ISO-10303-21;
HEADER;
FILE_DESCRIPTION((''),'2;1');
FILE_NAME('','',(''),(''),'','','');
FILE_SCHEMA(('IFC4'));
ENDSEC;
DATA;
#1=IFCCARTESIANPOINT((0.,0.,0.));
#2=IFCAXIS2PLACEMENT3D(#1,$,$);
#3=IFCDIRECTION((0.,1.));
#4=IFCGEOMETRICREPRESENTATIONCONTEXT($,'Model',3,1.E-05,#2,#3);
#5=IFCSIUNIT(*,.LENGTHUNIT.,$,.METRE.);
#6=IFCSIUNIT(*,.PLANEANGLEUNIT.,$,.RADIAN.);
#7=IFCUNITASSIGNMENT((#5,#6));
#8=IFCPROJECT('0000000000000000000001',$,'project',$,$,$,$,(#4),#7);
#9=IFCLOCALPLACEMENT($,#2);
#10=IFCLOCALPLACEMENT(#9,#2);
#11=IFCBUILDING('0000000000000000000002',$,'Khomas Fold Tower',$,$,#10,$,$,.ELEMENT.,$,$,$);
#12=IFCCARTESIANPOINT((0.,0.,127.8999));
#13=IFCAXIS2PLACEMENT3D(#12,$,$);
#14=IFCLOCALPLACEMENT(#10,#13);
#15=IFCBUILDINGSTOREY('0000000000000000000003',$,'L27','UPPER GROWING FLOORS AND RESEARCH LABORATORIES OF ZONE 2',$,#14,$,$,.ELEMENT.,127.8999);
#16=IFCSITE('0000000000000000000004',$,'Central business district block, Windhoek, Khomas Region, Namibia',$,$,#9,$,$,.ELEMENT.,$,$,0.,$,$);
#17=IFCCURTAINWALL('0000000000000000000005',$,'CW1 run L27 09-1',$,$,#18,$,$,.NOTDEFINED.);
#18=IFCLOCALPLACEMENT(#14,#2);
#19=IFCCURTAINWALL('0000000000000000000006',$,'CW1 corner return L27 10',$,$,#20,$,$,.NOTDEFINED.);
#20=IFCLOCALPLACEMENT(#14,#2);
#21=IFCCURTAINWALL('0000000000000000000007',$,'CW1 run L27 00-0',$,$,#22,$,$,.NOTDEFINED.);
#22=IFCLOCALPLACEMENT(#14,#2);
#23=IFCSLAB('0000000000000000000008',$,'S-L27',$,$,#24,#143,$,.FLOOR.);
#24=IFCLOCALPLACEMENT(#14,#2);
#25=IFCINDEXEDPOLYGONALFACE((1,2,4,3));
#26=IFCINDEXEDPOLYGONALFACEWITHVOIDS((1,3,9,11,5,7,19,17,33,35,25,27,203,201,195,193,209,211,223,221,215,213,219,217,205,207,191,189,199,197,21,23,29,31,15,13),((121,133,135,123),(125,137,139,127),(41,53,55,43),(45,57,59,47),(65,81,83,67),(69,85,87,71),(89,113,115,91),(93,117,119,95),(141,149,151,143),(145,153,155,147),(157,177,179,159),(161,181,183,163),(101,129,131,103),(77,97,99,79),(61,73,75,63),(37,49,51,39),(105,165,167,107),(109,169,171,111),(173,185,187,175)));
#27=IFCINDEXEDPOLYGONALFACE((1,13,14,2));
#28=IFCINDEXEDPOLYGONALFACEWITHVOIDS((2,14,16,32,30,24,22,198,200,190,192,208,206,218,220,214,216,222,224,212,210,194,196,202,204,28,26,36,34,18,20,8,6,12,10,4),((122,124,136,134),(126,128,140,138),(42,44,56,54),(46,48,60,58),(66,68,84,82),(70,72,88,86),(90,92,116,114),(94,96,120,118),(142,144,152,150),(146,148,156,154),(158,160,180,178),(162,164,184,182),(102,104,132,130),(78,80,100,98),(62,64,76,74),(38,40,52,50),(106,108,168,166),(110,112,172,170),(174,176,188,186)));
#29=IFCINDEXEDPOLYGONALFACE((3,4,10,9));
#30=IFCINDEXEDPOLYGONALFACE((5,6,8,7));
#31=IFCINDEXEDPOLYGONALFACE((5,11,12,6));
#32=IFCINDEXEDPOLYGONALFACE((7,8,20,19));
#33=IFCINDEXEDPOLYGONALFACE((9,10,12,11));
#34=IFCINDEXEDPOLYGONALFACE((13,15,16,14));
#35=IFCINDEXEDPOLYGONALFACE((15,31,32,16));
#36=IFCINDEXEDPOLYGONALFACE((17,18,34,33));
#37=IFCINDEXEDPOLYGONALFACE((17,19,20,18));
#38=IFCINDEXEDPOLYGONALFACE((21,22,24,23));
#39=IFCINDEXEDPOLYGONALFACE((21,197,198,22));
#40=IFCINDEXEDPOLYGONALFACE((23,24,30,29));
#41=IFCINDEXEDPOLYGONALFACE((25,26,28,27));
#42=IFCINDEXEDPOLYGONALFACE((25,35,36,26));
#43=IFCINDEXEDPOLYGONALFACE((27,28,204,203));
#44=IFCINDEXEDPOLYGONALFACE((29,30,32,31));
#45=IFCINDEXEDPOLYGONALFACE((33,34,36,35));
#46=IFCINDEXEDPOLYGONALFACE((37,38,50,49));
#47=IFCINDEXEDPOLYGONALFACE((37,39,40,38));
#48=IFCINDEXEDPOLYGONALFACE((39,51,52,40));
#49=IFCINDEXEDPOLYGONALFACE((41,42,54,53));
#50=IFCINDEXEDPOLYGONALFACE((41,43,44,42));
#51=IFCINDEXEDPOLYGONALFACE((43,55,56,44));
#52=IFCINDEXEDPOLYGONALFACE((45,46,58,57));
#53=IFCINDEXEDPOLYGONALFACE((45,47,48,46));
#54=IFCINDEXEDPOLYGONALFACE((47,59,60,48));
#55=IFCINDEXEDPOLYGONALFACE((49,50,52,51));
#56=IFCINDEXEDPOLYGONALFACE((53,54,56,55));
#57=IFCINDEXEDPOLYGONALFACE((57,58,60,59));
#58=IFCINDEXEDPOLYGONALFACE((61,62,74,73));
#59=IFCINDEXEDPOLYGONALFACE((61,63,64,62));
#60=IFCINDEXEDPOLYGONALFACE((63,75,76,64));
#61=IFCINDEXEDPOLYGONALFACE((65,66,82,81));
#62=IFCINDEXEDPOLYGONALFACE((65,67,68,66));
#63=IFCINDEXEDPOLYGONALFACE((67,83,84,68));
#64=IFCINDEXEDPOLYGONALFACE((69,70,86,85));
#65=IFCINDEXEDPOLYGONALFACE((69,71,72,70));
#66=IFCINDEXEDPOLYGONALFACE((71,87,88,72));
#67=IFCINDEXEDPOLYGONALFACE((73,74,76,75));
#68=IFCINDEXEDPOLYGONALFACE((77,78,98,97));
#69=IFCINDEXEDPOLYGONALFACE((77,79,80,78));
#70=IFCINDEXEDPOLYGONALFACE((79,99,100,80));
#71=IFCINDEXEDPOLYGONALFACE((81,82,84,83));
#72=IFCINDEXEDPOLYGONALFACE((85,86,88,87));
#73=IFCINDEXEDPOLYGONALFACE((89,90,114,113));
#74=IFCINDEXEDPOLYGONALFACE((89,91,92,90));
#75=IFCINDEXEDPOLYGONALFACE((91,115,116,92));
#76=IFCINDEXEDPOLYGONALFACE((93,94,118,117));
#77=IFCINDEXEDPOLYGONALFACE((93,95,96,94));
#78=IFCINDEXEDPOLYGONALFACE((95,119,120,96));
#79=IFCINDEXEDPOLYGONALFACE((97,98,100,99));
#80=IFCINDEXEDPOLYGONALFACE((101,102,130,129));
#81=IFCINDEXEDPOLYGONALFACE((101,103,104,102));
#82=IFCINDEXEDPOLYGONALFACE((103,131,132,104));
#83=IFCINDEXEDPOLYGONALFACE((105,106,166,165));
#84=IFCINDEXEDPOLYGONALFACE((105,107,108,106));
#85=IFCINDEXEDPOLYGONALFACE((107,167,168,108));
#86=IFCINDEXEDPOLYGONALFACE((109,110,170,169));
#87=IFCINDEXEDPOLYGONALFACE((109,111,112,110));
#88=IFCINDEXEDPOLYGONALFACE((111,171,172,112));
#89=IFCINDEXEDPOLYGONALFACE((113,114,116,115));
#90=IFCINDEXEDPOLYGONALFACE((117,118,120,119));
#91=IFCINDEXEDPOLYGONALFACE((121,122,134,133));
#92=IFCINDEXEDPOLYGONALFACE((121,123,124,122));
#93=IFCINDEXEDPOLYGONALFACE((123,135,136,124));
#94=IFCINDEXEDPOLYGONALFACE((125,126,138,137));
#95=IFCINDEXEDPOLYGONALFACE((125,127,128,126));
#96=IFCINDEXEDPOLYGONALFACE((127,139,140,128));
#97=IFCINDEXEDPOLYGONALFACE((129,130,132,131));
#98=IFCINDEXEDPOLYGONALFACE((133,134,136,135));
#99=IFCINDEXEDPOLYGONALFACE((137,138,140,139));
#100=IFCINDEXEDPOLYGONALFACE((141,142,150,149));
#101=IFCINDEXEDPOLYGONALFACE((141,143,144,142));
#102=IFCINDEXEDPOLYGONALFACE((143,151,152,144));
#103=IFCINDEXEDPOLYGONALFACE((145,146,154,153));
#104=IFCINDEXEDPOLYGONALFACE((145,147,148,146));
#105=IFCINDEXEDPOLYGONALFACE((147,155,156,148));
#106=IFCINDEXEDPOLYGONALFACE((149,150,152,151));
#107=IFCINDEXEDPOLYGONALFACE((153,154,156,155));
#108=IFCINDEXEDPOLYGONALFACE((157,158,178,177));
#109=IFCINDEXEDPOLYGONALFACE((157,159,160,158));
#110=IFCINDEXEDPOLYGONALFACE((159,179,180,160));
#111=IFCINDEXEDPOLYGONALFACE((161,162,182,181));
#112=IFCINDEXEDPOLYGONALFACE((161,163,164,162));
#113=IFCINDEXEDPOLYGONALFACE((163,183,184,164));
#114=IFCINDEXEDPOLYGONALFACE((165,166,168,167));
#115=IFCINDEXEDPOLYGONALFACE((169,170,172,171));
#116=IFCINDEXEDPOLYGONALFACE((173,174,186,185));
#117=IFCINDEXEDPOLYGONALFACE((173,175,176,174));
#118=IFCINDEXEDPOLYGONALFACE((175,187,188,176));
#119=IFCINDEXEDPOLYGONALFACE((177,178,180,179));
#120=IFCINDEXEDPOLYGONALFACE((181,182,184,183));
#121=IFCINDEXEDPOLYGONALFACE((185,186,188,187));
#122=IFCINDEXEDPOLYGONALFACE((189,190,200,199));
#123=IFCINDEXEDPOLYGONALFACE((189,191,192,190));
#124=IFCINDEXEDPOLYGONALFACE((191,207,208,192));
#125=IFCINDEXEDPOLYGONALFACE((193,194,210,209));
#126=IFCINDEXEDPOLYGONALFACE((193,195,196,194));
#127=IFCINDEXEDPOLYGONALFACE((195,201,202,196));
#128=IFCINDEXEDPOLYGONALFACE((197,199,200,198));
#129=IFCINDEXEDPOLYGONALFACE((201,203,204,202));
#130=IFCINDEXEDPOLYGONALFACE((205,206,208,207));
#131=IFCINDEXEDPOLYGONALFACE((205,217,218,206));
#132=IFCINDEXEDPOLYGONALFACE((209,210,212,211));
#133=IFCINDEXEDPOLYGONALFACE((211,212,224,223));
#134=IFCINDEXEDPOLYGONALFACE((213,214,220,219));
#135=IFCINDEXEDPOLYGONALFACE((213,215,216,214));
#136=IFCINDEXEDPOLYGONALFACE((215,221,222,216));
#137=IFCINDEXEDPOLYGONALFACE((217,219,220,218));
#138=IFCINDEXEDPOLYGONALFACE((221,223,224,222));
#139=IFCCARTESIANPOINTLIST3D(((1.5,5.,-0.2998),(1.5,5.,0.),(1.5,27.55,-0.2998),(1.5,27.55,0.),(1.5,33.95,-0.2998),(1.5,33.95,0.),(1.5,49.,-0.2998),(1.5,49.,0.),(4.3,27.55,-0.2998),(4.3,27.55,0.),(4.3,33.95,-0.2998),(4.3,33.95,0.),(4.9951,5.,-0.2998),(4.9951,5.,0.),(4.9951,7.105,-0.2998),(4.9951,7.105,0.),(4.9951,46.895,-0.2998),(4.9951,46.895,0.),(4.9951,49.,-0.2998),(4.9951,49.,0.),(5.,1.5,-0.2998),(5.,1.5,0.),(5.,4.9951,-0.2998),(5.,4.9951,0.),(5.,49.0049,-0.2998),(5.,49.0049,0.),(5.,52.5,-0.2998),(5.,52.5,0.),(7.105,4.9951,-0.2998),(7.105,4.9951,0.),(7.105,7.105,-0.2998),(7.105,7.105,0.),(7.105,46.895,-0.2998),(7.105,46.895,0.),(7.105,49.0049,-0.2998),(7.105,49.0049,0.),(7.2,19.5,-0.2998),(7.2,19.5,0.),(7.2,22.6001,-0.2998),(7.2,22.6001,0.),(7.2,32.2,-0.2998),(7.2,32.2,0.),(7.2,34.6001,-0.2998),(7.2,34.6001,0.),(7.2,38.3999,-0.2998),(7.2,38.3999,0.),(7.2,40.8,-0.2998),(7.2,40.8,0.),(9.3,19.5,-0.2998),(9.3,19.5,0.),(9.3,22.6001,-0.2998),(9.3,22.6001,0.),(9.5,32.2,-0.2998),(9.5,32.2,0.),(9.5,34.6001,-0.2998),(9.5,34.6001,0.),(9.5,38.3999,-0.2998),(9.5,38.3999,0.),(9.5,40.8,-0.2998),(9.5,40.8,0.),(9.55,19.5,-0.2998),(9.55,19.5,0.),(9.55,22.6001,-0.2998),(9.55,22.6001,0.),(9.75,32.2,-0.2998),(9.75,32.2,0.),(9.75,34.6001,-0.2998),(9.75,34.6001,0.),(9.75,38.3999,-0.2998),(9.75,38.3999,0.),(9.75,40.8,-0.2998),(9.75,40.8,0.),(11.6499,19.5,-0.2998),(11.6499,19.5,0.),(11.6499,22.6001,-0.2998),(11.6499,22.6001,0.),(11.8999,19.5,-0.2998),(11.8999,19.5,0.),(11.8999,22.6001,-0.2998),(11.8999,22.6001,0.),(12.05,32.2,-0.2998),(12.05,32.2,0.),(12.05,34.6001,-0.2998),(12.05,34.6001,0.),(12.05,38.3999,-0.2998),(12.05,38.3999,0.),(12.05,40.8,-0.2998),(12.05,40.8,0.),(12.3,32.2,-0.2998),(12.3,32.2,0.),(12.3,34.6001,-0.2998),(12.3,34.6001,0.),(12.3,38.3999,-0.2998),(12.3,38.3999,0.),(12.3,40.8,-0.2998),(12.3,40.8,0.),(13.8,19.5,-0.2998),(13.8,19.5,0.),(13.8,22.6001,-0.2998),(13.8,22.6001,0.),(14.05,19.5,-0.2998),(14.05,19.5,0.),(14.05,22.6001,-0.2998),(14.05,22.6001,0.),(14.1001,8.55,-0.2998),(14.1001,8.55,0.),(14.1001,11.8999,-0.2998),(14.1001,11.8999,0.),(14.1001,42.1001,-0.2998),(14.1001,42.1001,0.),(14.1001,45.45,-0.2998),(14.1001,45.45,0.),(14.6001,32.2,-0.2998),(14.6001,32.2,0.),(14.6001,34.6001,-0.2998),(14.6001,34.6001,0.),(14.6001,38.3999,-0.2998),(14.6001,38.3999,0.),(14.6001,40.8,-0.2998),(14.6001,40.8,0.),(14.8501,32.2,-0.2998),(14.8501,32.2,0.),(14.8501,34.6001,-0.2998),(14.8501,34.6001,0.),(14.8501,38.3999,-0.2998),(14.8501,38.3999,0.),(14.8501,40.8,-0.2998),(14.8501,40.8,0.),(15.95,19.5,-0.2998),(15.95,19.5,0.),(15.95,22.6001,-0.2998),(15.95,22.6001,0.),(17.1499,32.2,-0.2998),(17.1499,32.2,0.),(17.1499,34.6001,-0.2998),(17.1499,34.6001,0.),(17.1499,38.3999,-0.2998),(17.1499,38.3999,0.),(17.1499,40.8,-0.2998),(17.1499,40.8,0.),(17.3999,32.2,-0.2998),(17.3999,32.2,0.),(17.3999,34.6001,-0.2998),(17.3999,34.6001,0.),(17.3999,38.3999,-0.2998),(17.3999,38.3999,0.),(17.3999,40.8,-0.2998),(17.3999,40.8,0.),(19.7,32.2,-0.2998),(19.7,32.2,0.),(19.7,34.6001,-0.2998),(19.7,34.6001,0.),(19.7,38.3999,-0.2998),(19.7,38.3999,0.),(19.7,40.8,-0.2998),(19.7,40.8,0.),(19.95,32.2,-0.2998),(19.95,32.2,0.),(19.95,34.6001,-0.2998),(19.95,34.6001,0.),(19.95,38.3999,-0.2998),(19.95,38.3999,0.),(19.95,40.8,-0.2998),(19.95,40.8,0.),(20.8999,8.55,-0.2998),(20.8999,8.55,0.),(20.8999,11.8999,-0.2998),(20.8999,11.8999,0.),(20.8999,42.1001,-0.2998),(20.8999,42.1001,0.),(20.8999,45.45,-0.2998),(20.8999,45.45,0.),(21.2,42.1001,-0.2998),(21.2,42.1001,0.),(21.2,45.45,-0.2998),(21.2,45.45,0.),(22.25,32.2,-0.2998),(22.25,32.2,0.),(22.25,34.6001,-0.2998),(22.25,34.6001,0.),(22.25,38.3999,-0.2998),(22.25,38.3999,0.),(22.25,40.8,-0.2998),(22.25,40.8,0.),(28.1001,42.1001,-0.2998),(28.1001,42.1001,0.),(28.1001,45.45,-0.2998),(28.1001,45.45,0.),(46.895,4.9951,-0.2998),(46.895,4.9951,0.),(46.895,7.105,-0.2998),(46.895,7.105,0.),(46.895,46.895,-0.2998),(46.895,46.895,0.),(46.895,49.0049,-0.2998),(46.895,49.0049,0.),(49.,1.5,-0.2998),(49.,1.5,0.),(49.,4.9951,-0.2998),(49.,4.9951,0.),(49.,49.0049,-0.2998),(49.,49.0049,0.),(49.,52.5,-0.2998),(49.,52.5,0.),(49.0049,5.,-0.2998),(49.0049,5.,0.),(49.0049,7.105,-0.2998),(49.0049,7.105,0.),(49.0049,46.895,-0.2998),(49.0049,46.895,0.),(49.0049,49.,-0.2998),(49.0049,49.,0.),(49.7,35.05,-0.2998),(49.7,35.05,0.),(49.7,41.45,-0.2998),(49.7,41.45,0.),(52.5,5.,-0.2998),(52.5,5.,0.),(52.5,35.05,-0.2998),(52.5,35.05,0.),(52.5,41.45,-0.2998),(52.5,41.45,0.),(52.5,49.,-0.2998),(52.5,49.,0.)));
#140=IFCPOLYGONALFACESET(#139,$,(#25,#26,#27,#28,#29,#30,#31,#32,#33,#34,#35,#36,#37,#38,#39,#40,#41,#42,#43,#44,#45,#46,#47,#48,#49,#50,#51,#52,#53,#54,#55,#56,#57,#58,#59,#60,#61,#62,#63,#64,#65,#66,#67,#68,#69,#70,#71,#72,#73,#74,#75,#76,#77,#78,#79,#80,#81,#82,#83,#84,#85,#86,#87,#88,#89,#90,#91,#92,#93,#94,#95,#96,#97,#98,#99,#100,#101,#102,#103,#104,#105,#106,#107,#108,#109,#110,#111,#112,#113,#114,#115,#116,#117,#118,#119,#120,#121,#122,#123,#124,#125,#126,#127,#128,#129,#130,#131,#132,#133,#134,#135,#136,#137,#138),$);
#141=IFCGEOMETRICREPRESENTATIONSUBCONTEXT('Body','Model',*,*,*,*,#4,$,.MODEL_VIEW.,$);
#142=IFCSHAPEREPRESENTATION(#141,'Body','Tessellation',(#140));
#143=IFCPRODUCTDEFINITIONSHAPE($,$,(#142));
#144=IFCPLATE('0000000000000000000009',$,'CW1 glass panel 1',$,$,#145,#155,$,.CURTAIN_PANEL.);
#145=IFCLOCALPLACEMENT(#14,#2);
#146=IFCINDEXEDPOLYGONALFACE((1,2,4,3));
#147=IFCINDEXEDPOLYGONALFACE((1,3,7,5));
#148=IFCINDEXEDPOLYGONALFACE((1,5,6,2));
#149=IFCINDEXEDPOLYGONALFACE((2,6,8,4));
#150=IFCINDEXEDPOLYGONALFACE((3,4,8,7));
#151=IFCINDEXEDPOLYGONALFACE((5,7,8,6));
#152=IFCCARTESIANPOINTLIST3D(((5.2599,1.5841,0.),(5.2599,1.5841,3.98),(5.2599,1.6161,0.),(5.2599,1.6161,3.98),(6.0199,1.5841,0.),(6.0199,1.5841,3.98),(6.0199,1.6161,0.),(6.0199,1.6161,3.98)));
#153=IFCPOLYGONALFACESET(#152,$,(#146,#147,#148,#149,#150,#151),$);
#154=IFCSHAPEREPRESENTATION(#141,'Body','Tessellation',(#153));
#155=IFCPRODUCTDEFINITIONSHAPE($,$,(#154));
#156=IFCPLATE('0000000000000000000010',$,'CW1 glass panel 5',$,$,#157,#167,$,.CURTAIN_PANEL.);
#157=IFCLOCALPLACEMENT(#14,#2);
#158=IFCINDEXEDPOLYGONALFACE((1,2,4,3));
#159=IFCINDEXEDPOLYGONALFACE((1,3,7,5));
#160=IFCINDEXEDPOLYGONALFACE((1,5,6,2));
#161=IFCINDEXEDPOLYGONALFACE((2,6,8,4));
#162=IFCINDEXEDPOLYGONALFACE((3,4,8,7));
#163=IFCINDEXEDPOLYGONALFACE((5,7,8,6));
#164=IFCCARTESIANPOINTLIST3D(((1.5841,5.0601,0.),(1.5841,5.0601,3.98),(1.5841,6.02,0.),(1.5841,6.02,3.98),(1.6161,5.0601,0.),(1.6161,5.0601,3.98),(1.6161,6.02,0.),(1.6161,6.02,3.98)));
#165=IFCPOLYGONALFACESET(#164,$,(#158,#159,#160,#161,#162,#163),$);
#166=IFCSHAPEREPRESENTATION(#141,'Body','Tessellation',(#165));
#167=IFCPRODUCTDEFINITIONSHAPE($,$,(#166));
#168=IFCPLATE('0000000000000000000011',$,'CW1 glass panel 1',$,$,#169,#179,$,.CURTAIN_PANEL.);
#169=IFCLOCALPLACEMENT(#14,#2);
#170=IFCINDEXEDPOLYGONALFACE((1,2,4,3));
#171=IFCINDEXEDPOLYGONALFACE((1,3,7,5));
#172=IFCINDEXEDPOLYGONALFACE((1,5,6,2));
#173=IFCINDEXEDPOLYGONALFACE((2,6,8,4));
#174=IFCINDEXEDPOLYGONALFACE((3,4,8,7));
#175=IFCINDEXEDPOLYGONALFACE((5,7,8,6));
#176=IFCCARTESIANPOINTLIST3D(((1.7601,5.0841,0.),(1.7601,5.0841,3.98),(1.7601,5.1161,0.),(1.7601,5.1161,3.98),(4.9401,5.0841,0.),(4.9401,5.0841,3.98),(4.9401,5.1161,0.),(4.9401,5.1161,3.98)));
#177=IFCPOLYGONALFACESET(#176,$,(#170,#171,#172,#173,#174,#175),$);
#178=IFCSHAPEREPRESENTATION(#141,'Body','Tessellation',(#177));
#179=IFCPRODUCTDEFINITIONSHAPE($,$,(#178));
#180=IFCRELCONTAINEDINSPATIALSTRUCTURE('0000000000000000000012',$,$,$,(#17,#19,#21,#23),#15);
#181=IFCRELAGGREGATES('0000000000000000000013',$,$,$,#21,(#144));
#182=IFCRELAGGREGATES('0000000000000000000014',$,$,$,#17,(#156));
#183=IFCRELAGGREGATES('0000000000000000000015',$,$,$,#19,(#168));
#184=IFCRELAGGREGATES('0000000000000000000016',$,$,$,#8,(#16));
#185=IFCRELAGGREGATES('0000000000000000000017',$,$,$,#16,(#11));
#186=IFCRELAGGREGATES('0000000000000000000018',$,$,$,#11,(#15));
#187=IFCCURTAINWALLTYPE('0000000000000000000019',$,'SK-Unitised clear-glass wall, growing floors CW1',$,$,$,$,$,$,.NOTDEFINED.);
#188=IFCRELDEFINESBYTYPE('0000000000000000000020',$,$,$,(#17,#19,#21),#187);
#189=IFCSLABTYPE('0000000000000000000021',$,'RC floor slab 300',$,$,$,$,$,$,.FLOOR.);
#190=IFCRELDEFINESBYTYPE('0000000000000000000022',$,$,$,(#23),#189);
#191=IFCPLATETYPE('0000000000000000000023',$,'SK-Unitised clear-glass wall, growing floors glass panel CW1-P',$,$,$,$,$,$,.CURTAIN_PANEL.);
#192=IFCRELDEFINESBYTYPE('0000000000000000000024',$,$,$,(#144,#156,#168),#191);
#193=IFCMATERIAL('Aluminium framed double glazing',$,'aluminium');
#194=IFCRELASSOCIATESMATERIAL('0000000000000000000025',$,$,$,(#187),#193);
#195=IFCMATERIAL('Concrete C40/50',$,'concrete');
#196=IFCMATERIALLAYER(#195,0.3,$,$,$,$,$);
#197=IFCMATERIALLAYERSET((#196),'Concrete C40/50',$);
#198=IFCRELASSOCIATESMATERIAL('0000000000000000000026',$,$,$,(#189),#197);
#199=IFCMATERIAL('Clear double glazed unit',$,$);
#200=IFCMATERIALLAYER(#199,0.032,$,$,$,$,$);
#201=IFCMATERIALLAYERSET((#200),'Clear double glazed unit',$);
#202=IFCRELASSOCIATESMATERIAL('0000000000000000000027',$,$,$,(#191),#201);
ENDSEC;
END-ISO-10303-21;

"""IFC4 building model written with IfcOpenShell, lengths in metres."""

from ifc_helpers import new_model, si_unit, direction, frame, origin, origin_2d, place, context, subcontext, project, spatial, polyline, rectangle, outline, extrude, source, transform, mapped, material, layer, layer_set, type_object, element, aggregate, save


model = new_model("IFC4")

# Units and contexts
model_context = context("Model", 3, precision=1e-05, world=origin(), true_north=direction((0.0, 1.0)))
body_context = subcontext(model_context, "Body", "Model", "MODEL_VIEW")
ifc_project = project(units=[si_unit("LENGTHUNIT", "METRE"), si_unit("PLANEANGLEUNIT", "RADIAN")], contexts=[model_context])

# Site, building, storey
site_placement = place(None, origin())
site = spatial("IfcSite", under=ifc_project, at=site_placement, Name="Central business district block, Windhoek, Khomas Region, Namibia", CompositionType="ELEMENT", RefElevation=0.0)
building_placement = place(site_placement, origin())
building = spatial("IfcBuilding", under=site, at=building_placement, Name="Khomas Fold Tower", CompositionType="ELEMENT")
storey_placement = place(building_placement, frame((0.0, 0.0, 127.8999)))
storey = spatial("IfcBuildingStorey", under=building, at=storey_placement, Name="L27", Description="UPPER GROWING FLOORS AND RESEARCH LABORATORIES OF ZONE 2", CompositionType="ELEMENT", Elevation=127.8999)

# Curtain walls
ifc_material_1 = material(Name="Aluminium framed double glazing", Category="aluminium")
curtain_wall_type = type_object("IfcCurtainWallType", Name="SK-Unitised clear-glass wall, growing floors CW1", PredefinedType="NOTDEFINED", material=ifc_material_1)
curtain_wall_1_placement = place(storey_placement, origin())
curtain_wall_1 = element("IfcCurtainWall", 1, at=curtain_wall_1_placement, inside=storey, type_object=curtain_wall_type, Name="CW1 run L27 09-1", PredefinedType="NOTDEFINED")
curtain_wall_2_placement = place(storey_placement, origin())
curtain_wall_2 = element("IfcCurtainWall", 2, at=curtain_wall_2_placement, inside=storey, type_object=curtain_wall_type, Name="CW1 corner return L27 10", PredefinedType="NOTDEFINED")

# Curtain wall
curtain_wall_3_placement = place(storey_placement, origin())
curtain_wall_3 = element("IfcCurtainWall", 3, at=curtain_wall_3_placement, inside=storey, type_object=curtain_wall_type, Name="CW1 run L27 00-0", PredefinedType="NOTDEFINED")

# Slab
ifc_material_2 = material(Name="Concrete C40/50", Category="concrete")
ifc_layer_1 = layer(ifc_material_2, 0.3)
ifc_layer_set_1 = layer_set([ifc_layer_1], Name="Concrete C40/50")
slab_type_1 = type_object("IfcSlabType", Name="RC floor slab 300", PredefinedType="FLOOR", material=ifc_layer_set_1)
shared_shape_1 = source(origin(), body_context, "Body", "SweptSolid", [
    extrude(outline(polyline([(1.5, 5.0), (4.9951, 5.0), (4.9951, 7.105), (7.105, 7.105), (7.105, 4.9951), (5.0, 4.9951), (5.0, 1.5), (49.0, 1.5), (49.0, 4.9951), (46.895, 4.9951), (46.895, 7.105), (49.0049, 7.105), (49.0049, 5.0), (52.5, 5.0), (52.5, 35.05), (49.7, 35.05), (49.7, 41.45), (52.5, 41.45), (52.5, 49.0), (49.0049, 49.0), (49.0049, 46.895), (46.895, 46.895), (46.895, 49.0049), (49.0, 49.0049), (49.0, 52.5), (5.0, 52.5), (5.0, 49.0049), (7.105, 49.0049), (7.105, 46.895), (4.9951, 46.895), (4.9951, 49.0), (1.5, 49.0), (1.5, 33.95), (4.3, 33.95), (4.3, 27.55), (1.5, 27.55), (1.5, 5.0)]), holes=[polyline([(7.2, 19.5), (7.2, 22.6001), (9.3, 22.6001), (9.3, 19.5), (7.2, 19.5)]), polyline([(7.2, 32.2), (7.2, 34.6001), (9.5, 34.6001), (9.5, 32.2), (7.2, 32.2)]), polyline([(7.2, 38.3999), (7.2, 40.8), (9.5, 40.8), (9.5, 38.3999), (7.2, 38.3999)]), polyline([(9.55, 19.5), (9.55, 22.6001), (11.6499, 22.6001), (11.6499, 19.5), (9.55, 19.5)]), polyline([(9.75, 32.2), (9.75, 34.6001), (12.05, 34.6001), (12.05, 32.2), (9.75, 32.2)]), polyline([(9.75, 38.3999), (9.75, 40.8), (12.05, 40.8), (12.05, 38.3999), (9.75, 38.3999)]), polyline([(11.8999, 19.5), (11.8999, 22.6001), (13.8, 22.6001), (13.8, 19.5), (11.8999, 19.5)]), polyline([(12.3, 32.2), (12.3, 34.6001), (14.6001, 34.6001), (14.6001, 32.2), (12.3, 32.2)]), polyline([(12.3, 38.3999), (12.3, 40.8), (14.6001, 40.8), (14.6001, 38.3999), (12.3, 38.3999)]), polyline([(14.05, 19.5), (14.05, 22.6001), (15.95, 22.6001), (15.95, 19.5), (14.05, 19.5)]), polyline([(14.1001, 8.55), (14.1001, 11.8999), (20.8999, 11.8999), (20.8999, 8.55), (14.1001, 8.55)]), polyline([(14.1001, 42.1001), (14.1001, 45.45), (20.8999, 45.45), (20.8999, 42.1001), (14.1001, 42.1001)]), polyline([(14.8501, 32.2), (14.8501, 34.6001), (17.1499, 34.6001), (17.1499, 32.2), (14.8501, 32.2)]), polyline([(14.8501, 38.3999), (14.8501, 40.8), (17.1499, 40.8), (17.1499, 38.3999), (14.8501, 38.3999)]), polyline([(17.3999, 32.2), (17.3999, 34.6001), (19.7, 34.6001), (19.7, 32.2), (17.3999, 32.2)]), polyline([(17.3999, 38.3999), (17.3999, 40.8), (19.7, 40.8), (19.7, 38.3999), (17.3999, 38.3999)]), polyline([(19.95, 32.2), (19.95, 34.6001), (22.25, 34.6001), (22.25, 32.2), (19.95, 32.2)]), polyline([(19.95, 38.3999), (19.95, 40.8), (22.25, 40.8), (22.25, 38.3999), (19.95, 38.3999)]), polyline([(21.2, 42.1001), (21.2, 45.45), (28.1001, 45.45), (28.1001, 42.1001), (21.2, 42.1001)])]), origin(), (0.0, 0.0, 1.0), 0.2998),
])
slab_1_placement = place(storey_placement, frame((0.0, 0.0, -0.2998)))
element("IfcSlab", 4, at=slab_1_placement, inside=storey, type_object=slab_type_1, Name="S-L27", PredefinedType="FLOOR", context=body_context, shape_type="MappedRepresentation", body=[
    mapped(shared_shape_1, transform((0.0, 0.0, 0.0))),
])

# Plates
ifc_material_3 = material(Name="Clear double glazed unit")
ifc_layer_2 = layer(ifc_material_3, 0.032)
ifc_layer_set_2 = layer_set([ifc_layer_2], Name="Clear double glazed unit")
plate_type_1 = type_object("IfcPlateType", Name="SK-Unitised clear-glass wall, growing floors glass panel CW1-P", PredefinedType="CURTAIN_PANEL", material=ifc_layer_set_2)
shared_shape_2 = source(origin(), body_context, "Body", "SweptSolid", [
    extrude(rectangle(XDim=0.76, YDim=0.032, at=origin_2d()), origin(), (0.0, 0.0, 1.0), 3.98),
])
plate_1_placement = place(storey_placement, frame((5.6399, 1.6001, 0.0), z_axis=(0.0, 0.0, 1.0), x_axis=(1.0, 0.0, 0.0)))
plate_1 = element("IfcPlate", 5, at=plate_1_placement, type_object=plate_type_1, Name="CW1 glass panel 1", PredefinedType="CURTAIN_PANEL", context=body_context, shape_type="MappedRepresentation", body=[
    mapped(shared_shape_2, transform((0.0, 0.0, 0.0))),
])
aggregate(curtain_wall_3, [plate_1])
shared_shape_3 = source(origin(), body_context, "Body", "SweptSolid", [
    extrude(rectangle(XDim=0.96, YDim=0.032, at=origin_2d()), origin(), (0.0, 0.0, 1.0), 3.98),
])
plate_2_placement = place(storey_placement, frame((1.6001, 5.54, 0.0), z_axis=(0.0, 0.0, 1.0), x_axis=(0.0, -1.0, 0.0)))
plate_2 = element("IfcPlate", 6, at=plate_2_placement, type_object=plate_type_1, Name="CW1 glass panel 5", PredefinedType="CURTAIN_PANEL", context=body_context, shape_type="MappedRepresentation", body=[
    mapped(shared_shape_3, transform((0.0, 0.0, 0.0))),
])
aggregate(curtain_wall_1, [plate_2])
shared_shape_4 = source(origin(), body_context, "Body", "SweptSolid", [
    extrude(rectangle(XDim=3.1799, YDim=0.032, at=origin_2d()), origin(), (0.0, 0.0, 1.0), 3.98),
])
plate_3_placement = place(storey_placement, frame((3.3501, 5.1001, 0.0), z_axis=(0.0, 0.0, 1.0), x_axis=(1.0, 0.0, 0.0)))
plate_3 = element("IfcPlate", 7, at=plate_3_placement, type_object=plate_type_1, Name="CW1 glass panel 1", PredefinedType="CURTAIN_PANEL", context=body_context, shape_type="MappedRepresentation", body=[
    mapped(shared_shape_4, transform((0.0, 0.0, 0.0))),
])
aggregate(curtain_wall_2, [plate_3])

save(model, "model.ifc")
